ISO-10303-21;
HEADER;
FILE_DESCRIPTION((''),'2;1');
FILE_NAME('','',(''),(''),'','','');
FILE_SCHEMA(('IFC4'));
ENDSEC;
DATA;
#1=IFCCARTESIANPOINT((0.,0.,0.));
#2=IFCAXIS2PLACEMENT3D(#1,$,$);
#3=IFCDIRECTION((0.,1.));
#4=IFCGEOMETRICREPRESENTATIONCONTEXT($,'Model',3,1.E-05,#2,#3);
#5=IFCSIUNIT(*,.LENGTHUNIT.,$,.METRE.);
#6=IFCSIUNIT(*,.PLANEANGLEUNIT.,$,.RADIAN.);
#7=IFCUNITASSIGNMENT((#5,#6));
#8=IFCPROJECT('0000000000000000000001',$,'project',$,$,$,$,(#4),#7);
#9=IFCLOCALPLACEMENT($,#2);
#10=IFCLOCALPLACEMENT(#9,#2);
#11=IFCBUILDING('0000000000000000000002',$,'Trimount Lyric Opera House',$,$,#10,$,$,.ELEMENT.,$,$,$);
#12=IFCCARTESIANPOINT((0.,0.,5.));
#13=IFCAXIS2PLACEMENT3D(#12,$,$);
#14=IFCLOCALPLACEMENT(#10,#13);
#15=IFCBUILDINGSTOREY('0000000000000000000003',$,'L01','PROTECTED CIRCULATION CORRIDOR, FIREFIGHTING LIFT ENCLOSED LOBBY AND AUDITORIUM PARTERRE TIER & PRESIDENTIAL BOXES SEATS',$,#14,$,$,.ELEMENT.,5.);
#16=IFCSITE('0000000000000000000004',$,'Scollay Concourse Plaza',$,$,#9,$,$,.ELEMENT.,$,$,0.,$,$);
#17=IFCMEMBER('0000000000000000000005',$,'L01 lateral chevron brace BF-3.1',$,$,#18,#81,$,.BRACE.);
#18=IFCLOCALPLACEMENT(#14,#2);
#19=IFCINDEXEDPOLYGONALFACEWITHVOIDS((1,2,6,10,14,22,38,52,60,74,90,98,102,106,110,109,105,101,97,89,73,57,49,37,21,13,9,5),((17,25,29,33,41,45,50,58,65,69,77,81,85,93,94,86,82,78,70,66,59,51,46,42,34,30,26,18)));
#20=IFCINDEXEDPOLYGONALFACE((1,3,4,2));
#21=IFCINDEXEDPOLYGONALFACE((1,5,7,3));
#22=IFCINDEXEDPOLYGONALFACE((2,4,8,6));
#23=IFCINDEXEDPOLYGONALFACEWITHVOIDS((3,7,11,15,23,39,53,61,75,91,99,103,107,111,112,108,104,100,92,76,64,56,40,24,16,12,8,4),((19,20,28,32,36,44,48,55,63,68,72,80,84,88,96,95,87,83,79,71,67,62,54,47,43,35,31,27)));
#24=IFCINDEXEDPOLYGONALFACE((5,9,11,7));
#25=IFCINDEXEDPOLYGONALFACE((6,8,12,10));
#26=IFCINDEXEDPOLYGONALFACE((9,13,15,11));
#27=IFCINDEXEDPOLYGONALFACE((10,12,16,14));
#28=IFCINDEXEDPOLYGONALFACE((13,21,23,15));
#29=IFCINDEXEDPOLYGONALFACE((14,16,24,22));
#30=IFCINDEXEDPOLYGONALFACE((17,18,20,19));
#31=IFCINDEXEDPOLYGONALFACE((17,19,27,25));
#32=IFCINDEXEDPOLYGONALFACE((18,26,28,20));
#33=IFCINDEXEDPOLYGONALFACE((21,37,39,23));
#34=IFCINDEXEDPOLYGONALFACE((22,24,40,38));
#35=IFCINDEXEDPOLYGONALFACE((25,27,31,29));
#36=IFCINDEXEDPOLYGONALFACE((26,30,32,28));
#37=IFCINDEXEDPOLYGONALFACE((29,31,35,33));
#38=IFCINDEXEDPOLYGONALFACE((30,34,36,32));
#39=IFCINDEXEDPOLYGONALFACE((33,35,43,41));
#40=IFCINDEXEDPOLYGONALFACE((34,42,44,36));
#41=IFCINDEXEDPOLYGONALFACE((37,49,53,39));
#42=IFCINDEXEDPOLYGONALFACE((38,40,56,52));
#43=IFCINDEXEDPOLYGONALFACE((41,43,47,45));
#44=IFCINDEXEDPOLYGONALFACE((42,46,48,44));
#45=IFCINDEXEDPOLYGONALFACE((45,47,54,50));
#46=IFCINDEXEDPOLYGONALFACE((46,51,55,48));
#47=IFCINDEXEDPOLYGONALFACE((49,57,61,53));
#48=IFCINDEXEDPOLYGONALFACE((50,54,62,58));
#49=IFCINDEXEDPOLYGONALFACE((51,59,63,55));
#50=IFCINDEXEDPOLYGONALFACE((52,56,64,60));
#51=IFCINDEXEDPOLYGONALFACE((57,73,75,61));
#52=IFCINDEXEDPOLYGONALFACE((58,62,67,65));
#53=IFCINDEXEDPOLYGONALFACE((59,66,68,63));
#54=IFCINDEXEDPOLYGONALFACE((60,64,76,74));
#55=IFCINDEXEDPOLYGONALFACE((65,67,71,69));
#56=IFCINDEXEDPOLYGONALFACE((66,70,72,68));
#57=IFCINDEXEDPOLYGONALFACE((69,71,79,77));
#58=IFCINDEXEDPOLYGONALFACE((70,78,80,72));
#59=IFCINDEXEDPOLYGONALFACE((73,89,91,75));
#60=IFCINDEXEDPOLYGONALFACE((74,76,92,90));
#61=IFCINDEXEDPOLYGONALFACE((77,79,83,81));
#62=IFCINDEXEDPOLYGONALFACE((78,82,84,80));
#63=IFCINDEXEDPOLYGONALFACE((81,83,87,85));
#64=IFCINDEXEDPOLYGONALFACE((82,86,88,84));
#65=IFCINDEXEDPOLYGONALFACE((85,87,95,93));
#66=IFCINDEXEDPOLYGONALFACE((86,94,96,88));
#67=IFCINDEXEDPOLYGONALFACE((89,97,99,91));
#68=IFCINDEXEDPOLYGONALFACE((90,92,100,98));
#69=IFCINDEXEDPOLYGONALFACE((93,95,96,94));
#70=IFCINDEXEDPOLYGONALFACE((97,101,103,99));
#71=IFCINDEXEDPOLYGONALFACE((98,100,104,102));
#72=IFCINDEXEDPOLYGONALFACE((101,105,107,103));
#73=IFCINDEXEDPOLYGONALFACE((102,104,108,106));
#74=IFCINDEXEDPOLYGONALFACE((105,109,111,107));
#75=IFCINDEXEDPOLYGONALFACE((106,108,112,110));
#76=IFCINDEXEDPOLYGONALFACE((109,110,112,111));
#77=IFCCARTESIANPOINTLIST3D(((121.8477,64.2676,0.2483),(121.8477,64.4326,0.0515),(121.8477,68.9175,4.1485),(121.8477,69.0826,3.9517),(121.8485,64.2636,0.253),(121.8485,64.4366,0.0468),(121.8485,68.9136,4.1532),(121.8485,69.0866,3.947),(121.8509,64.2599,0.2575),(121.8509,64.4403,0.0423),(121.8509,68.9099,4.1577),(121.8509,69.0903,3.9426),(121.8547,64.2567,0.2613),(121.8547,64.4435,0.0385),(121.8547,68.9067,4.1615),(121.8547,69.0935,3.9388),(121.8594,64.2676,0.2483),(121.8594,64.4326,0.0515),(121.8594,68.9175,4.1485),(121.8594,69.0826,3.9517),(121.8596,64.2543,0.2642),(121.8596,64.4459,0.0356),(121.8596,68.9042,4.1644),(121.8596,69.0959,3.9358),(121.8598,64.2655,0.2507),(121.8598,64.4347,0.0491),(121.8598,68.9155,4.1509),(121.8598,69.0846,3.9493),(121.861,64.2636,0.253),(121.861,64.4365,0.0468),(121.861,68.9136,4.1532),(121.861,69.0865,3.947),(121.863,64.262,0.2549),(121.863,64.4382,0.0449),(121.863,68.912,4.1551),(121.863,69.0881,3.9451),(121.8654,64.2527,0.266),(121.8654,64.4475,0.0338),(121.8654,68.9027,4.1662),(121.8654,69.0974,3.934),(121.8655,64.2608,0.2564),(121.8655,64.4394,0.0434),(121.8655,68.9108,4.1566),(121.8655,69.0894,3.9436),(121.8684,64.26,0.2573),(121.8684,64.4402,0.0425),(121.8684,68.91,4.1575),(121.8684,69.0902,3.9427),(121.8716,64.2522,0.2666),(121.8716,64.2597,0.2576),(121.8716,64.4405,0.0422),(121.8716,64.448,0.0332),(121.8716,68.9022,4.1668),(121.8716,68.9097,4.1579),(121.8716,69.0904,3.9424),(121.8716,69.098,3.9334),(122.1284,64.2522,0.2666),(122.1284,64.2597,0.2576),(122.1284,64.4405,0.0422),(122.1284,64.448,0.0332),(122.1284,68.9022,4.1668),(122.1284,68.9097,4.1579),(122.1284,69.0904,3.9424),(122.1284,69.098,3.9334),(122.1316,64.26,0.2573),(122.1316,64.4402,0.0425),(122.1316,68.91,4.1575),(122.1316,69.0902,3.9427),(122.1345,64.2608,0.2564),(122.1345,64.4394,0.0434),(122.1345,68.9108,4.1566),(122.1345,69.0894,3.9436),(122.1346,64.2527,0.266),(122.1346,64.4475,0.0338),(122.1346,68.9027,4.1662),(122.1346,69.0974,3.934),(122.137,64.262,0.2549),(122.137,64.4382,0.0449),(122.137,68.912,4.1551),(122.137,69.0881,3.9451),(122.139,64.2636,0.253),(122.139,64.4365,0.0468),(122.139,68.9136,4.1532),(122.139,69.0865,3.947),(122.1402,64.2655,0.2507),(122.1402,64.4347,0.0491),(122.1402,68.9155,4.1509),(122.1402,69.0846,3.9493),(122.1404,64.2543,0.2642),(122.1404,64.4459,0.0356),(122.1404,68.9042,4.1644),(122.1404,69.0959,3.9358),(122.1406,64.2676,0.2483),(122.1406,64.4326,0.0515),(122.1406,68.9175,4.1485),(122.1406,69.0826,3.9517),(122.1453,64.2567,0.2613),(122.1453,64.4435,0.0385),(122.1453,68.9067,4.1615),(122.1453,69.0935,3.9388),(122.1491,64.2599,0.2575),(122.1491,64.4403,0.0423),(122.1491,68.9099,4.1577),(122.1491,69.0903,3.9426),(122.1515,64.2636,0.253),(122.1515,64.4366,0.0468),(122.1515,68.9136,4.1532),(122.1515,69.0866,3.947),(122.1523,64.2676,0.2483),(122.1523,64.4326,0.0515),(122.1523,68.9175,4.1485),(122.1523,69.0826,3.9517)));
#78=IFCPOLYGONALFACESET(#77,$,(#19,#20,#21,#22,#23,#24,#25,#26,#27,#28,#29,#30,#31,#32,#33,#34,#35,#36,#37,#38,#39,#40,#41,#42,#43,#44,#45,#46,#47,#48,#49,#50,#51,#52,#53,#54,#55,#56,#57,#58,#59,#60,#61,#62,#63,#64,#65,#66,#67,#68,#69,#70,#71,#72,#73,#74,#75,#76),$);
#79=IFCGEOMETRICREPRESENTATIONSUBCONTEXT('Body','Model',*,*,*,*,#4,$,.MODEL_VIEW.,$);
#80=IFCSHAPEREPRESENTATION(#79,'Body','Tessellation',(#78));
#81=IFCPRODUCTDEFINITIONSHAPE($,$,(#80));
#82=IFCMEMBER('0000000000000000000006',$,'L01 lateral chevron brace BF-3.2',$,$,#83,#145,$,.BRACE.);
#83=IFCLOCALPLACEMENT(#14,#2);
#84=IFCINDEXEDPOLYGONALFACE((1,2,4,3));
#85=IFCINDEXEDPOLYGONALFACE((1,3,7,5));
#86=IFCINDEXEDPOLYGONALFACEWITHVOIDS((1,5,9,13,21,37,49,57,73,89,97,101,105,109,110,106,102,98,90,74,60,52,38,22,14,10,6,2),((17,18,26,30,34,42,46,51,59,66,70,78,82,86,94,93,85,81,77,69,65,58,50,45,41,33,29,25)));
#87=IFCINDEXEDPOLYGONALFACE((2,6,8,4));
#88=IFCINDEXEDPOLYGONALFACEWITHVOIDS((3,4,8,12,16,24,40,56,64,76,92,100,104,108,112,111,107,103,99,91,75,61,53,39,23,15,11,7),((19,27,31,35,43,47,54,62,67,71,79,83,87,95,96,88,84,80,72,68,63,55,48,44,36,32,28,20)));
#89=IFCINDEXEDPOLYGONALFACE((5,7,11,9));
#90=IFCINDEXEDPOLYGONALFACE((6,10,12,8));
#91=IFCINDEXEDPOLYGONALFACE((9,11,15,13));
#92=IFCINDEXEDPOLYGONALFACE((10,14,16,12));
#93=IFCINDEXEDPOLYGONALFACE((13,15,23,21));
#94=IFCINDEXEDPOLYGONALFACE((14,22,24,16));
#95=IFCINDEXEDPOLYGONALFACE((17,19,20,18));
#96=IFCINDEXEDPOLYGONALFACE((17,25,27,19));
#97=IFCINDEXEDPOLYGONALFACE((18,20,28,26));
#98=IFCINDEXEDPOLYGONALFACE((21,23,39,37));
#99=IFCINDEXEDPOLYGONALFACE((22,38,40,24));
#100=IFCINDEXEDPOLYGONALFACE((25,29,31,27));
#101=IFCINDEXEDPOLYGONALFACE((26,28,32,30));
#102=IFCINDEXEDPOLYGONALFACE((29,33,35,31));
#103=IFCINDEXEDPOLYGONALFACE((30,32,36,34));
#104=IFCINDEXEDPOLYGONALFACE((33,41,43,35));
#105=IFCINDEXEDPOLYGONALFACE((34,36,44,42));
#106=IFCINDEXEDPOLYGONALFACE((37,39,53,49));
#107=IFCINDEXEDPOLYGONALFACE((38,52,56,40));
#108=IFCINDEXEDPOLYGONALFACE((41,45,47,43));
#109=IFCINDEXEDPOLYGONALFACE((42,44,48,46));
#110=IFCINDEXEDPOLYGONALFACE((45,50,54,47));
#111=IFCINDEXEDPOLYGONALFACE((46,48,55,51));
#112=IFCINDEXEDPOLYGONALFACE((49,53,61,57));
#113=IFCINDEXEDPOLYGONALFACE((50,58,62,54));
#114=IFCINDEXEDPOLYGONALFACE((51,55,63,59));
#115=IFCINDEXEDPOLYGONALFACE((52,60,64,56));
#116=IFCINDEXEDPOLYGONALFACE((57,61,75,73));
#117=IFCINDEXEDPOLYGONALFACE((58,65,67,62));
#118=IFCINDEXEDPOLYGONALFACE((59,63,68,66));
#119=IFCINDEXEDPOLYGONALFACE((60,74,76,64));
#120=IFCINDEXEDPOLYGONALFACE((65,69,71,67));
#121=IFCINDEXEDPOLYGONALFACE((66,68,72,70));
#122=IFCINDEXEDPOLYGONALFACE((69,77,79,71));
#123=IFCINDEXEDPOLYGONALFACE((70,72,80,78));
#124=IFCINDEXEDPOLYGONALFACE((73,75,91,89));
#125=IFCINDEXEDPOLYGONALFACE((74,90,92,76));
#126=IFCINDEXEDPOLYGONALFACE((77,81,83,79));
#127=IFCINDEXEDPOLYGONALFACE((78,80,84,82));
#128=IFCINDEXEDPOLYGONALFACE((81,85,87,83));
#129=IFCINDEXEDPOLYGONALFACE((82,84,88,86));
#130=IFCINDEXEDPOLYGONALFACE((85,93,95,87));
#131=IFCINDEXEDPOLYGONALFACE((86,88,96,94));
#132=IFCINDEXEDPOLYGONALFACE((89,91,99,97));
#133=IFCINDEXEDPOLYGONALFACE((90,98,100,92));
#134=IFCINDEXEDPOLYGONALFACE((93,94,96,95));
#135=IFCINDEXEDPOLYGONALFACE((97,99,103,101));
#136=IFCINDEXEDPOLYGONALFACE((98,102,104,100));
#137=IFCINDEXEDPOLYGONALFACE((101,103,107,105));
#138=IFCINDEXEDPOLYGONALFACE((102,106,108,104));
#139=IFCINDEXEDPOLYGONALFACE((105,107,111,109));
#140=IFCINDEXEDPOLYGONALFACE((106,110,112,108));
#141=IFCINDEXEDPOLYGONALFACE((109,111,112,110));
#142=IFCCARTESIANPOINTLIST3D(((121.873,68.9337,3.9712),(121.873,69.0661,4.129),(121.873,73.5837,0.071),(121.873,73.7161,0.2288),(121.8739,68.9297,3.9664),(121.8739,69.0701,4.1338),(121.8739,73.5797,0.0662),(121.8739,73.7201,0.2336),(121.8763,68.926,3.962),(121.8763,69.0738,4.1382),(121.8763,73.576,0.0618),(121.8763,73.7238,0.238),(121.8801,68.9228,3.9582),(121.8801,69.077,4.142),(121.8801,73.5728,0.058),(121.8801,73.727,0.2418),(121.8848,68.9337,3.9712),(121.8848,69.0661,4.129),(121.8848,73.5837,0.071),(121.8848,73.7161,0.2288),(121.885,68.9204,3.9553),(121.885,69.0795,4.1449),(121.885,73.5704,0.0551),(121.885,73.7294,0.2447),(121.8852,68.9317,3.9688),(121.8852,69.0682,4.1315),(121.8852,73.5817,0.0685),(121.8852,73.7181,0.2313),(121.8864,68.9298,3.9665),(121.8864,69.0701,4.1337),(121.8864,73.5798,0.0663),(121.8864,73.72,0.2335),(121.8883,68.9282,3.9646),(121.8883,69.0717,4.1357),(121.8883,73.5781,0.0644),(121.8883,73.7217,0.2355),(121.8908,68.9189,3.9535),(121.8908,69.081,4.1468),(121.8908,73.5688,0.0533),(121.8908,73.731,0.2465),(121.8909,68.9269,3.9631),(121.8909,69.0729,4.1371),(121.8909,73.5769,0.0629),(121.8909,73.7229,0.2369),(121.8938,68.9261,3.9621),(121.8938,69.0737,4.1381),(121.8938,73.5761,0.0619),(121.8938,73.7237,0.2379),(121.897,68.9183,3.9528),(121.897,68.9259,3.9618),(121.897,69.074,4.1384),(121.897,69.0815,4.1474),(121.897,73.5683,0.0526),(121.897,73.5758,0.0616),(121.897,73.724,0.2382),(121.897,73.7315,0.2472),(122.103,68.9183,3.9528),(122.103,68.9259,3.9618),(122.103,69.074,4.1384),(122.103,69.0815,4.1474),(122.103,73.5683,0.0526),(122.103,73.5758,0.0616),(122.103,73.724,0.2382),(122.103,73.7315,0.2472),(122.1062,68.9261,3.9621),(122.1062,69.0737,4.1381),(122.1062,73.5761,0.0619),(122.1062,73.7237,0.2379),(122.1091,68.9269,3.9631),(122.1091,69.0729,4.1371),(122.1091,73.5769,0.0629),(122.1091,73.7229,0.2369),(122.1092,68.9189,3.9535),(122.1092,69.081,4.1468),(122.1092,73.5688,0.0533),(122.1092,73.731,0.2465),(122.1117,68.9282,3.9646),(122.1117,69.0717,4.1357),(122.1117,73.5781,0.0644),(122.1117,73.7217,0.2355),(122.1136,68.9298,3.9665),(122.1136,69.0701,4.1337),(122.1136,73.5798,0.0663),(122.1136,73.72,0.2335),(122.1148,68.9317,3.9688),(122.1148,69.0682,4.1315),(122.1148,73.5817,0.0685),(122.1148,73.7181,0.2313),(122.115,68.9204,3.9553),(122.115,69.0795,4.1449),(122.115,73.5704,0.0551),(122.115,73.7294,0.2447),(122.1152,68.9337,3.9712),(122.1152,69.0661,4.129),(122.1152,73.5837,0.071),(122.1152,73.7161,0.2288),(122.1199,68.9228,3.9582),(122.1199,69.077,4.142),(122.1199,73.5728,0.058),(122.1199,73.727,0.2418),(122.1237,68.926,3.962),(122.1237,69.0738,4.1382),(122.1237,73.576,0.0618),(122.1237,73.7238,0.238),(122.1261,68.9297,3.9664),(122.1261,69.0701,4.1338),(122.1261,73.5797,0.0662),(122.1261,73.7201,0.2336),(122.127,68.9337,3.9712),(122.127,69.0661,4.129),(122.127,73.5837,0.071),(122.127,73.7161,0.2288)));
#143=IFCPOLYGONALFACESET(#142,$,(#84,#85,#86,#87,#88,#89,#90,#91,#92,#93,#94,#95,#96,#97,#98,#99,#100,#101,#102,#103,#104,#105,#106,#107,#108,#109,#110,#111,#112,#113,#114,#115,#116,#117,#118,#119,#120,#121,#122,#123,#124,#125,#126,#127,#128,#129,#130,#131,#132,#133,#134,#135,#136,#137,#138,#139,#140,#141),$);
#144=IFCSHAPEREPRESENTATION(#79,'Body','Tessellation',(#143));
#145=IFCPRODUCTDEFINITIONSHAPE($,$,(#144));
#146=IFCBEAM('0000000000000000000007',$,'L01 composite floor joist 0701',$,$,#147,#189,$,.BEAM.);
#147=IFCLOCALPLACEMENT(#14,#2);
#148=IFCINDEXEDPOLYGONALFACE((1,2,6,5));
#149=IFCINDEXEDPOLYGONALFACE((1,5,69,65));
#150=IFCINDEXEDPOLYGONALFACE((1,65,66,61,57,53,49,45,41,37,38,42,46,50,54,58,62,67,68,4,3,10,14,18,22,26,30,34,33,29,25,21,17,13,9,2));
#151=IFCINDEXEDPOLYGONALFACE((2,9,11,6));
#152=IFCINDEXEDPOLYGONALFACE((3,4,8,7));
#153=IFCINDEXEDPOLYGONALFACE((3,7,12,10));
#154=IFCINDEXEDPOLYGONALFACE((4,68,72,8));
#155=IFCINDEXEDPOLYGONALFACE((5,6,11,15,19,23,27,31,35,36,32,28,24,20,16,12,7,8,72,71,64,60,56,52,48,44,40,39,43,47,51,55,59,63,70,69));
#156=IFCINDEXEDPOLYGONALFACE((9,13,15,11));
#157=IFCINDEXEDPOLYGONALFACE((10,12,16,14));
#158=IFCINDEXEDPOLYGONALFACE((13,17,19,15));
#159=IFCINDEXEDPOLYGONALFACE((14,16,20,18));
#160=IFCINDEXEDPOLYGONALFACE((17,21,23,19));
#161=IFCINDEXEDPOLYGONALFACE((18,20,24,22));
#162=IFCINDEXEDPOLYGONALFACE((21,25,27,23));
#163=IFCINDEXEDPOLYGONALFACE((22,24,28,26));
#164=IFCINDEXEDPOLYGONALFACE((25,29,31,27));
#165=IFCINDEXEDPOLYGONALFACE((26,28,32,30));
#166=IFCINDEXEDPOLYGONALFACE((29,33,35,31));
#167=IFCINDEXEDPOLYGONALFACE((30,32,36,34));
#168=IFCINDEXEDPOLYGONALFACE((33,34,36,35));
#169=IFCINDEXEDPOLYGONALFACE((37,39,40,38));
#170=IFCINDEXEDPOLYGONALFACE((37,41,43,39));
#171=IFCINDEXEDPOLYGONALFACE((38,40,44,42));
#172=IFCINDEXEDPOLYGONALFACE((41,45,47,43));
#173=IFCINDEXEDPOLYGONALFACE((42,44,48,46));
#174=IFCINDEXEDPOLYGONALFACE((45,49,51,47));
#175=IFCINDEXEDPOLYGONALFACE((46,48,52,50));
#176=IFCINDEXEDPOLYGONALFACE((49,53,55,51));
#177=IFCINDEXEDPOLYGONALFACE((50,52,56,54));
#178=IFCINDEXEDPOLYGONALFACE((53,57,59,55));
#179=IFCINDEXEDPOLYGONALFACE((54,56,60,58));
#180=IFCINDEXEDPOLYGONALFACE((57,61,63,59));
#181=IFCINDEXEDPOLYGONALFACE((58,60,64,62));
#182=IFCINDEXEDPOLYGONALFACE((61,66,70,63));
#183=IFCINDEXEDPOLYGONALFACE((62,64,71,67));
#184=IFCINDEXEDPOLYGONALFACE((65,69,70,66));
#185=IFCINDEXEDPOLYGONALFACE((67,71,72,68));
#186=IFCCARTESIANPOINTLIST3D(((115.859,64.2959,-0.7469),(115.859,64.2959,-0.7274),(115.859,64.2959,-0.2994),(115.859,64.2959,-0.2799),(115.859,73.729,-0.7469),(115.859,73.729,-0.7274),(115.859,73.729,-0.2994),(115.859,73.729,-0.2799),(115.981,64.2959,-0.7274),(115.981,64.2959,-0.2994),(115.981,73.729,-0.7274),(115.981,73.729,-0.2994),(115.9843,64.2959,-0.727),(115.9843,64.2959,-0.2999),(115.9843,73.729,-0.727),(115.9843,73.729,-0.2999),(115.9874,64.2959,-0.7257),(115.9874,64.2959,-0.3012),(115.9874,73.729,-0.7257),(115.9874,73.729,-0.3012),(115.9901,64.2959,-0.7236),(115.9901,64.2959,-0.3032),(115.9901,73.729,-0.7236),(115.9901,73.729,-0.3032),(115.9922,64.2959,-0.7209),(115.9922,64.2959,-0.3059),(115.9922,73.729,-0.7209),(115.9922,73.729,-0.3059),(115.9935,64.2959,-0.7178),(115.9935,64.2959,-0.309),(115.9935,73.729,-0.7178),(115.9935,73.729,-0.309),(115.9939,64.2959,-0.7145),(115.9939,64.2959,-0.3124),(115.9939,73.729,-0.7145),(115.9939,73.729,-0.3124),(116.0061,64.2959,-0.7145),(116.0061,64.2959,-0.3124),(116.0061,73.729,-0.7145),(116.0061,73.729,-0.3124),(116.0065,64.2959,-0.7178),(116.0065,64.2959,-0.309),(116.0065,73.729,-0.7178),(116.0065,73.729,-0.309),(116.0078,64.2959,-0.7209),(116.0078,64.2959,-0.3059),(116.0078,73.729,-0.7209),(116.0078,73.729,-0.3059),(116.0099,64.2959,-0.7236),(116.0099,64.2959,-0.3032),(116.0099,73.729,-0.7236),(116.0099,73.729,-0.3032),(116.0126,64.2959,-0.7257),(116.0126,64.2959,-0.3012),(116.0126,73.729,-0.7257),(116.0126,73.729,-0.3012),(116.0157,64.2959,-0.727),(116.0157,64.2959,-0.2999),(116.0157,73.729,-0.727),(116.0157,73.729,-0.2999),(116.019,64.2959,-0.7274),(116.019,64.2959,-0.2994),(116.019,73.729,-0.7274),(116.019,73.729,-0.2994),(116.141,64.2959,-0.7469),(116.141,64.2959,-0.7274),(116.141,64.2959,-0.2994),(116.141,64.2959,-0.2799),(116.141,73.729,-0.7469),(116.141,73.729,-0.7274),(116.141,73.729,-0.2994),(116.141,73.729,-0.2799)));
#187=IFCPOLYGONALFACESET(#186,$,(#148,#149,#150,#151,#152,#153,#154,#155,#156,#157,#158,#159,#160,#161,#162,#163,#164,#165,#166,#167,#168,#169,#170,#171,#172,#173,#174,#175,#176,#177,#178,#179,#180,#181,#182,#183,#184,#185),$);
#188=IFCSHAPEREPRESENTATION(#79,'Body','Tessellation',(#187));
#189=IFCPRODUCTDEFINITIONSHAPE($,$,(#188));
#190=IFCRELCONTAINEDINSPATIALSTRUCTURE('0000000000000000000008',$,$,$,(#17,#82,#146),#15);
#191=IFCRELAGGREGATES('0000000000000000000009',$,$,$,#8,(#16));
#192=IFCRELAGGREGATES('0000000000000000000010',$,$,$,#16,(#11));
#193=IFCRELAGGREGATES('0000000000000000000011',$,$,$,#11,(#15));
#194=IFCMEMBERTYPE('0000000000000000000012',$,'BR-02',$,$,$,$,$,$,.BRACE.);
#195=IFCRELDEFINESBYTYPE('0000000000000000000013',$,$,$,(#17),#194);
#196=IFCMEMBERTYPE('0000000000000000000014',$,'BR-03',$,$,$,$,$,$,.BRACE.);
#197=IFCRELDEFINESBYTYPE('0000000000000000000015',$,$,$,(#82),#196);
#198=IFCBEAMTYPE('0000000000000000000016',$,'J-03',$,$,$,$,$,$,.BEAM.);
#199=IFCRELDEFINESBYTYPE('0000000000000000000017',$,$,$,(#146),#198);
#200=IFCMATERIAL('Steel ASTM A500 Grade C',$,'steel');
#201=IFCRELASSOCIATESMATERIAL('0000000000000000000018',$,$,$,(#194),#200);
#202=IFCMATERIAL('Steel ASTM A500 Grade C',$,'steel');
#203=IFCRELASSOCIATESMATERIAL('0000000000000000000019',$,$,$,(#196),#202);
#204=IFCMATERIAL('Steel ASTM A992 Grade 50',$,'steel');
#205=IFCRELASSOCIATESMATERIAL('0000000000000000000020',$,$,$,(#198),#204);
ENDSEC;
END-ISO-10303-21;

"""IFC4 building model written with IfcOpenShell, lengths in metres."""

from ifc_helpers import new_model, si_unit, direction, frame, origin, origin_2d, place, context, subcontext, project, spatial, hollow_rectangle, i_section, extrude, material, material_profile, profile_set, type_object, element, save


model = new_model("IFC4")

# Units and contexts
model_context = context("Model", 3, precision=1e-05, world=origin(), true_north=direction((0.0, 1.0)))
body_context = subcontext(model_context, "Body", "Model", "MODEL_VIEW")
ifc_project = project(units=[si_unit("LENGTHUNIT", "METRE"), si_unit("PLANEANGLEUNIT", "RADIAN")], contexts=[model_context])

# Site, building, storey
site_placement = place(None, origin())
site = spatial("IfcSite", under=ifc_project, at=site_placement, Name="Scollay Concourse Plaza", CompositionType="ELEMENT", RefElevation=0.0)
building_placement = place(site_placement, origin())
building = spatial("IfcBuilding", under=site, at=building_placement, Name="Trimount Lyric Opera House", CompositionType="ELEMENT")
storey_placement = place(building_placement, frame((0.0, 0.0, 5.0)))
storey = spatial("IfcBuildingStorey", under=building, at=storey_placement, Name="L01", Description="PROTECTED CIRCULATION CORRIDOR, FIREFIGHTING LIFT ENCLOSED LOBBY AND AUDITORIUM PARTERRE TIER & PRESIDENTIAL BOXES SEATS", CompositionType="ELEMENT", Elevation=5.0)

# Members
ifc_material_1 = material(Name="Steel ASTM A500 Grade C", Category="steel")
ifc_material_profile_1 = material_profile(ifc_material_1, hollow_rectangle(XDim=0.3047, YDim=0.3047, WallThickness=0.0117, InnerFilletRadius=0.0122, OuterFilletRadius=0.0239, at=origin_2d()), Name="HSS304.8X304.8X12.7")
ifc_profile_set_1 = profile_set([ifc_material_profile_1], Name="Steel ASTM A500 Grade C")
member_type_1 = type_object("IfcMemberType", Name="BR-02", PredefinedType="BRACE", material=ifc_profile_set_1)
member_1_placement = place(storey_placement, frame((122.0, 64.3501, 0.1499), z_axis=(0.0, 0.766173, 0.642634), x_axis=(-1.0, 0.0, 0.0)))
element("IfcMember", 1, at=member_1_placement, inside=storey, type_object=member_type_1, Name="L01 lateral chevron brace BF-3.1", PredefinedType="BRACE", context=body_context, shape_type="SweptSolid", body=[
    extrude(hollow_rectangle(XDim=0.3047, YDim=0.3047, WallThickness=0.0117, InnerFilletRadius=0.0122, OuterFilletRadius=0.0239, at=origin_2d()), origin(), (0.0, 0.0, 1.0), 6.0691),
])
ifc_material_2 = material(Name="Steel ASTM A500 Grade C", Category="steel")
ifc_material_profile_2 = material_profile(ifc_material_2, hollow_rectangle(XDim=0.2539, YDim=0.2539, WallThickness=0.0117, InnerFilletRadius=0.0122, OuterFilletRadius=0.0239, at=origin_2d()), Name="HSS254.0X254.0X12.7")
ifc_profile_set_2 = profile_set([ifc_material_profile_2], Name="Steel ASTM A500 Grade C")
member_type_2 = type_object("IfcMemberType", Name="BR-03", PredefinedType="BRACE", material=ifc_profile_set_2)
member_2_placement = place(storey_placement, frame((122.0, 73.6499, 0.1499), z_axis=(0.0, -0.766173, 0.642634), x_axis=(1.0, 0.0, 0.0)))
element("IfcMember", 2, at=member_2_placement, inside=storey, type_object=member_type_2, Name="L01 lateral chevron brace BF-3.2", PredefinedType="BRACE", context=body_context, shape_type="SweptSolid", body=[
    extrude(hollow_rectangle(XDim=0.2539, YDim=0.2539, WallThickness=0.0117, InnerFilletRadius=0.0122, OuterFilletRadius=0.0239, at=origin_2d()), origin(), (0.0, 0.0, 1.0), 6.0691),
])

# Beam
ifc_material_3 = material(Name="Steel ASTM A992 Grade 50", Category="steel")
ifc_material_profile_3 = material_profile(ifc_material_3, i_section(OverallWidth=0.282, OverallDepth=0.467, WebThickness=0.0122, FlangeThickness=0.0195, FilletRadius=0.0129, at=origin_2d()), Name="W18X86")
ifc_profile_set_3 = profile_set([ifc_material_profile_3], Name="Steel ASTM A992 Grade 50")
beam_type_1 = type_object("IfcBeamType", Name="J-03", PredefinedType="BEAM", material=ifc_profile_set_3)
beam_1_placement = place(storey_placement, frame((116.0, 64.2959, -0.5134), z_axis=(0.0, 1.0, 0.0), x_axis=(-1.0, 0.0, 0.0)))
element("IfcBeam", 3, at=beam_1_placement, inside=storey, type_object=beam_type_1, Name="L01 composite floor joist 0701", PredefinedType="BEAM", context=body_context, shape_type="SweptSolid", body=[
    extrude(i_section(OverallWidth=0.282, OverallDepth=0.467, WebThickness=0.0122, FlangeThickness=0.0195, FilletRadius=0.0129, at=origin_2d()), origin(), (0.0, 0.0, 1.0), 9.4331),
])

save(model, "model.ifc")
